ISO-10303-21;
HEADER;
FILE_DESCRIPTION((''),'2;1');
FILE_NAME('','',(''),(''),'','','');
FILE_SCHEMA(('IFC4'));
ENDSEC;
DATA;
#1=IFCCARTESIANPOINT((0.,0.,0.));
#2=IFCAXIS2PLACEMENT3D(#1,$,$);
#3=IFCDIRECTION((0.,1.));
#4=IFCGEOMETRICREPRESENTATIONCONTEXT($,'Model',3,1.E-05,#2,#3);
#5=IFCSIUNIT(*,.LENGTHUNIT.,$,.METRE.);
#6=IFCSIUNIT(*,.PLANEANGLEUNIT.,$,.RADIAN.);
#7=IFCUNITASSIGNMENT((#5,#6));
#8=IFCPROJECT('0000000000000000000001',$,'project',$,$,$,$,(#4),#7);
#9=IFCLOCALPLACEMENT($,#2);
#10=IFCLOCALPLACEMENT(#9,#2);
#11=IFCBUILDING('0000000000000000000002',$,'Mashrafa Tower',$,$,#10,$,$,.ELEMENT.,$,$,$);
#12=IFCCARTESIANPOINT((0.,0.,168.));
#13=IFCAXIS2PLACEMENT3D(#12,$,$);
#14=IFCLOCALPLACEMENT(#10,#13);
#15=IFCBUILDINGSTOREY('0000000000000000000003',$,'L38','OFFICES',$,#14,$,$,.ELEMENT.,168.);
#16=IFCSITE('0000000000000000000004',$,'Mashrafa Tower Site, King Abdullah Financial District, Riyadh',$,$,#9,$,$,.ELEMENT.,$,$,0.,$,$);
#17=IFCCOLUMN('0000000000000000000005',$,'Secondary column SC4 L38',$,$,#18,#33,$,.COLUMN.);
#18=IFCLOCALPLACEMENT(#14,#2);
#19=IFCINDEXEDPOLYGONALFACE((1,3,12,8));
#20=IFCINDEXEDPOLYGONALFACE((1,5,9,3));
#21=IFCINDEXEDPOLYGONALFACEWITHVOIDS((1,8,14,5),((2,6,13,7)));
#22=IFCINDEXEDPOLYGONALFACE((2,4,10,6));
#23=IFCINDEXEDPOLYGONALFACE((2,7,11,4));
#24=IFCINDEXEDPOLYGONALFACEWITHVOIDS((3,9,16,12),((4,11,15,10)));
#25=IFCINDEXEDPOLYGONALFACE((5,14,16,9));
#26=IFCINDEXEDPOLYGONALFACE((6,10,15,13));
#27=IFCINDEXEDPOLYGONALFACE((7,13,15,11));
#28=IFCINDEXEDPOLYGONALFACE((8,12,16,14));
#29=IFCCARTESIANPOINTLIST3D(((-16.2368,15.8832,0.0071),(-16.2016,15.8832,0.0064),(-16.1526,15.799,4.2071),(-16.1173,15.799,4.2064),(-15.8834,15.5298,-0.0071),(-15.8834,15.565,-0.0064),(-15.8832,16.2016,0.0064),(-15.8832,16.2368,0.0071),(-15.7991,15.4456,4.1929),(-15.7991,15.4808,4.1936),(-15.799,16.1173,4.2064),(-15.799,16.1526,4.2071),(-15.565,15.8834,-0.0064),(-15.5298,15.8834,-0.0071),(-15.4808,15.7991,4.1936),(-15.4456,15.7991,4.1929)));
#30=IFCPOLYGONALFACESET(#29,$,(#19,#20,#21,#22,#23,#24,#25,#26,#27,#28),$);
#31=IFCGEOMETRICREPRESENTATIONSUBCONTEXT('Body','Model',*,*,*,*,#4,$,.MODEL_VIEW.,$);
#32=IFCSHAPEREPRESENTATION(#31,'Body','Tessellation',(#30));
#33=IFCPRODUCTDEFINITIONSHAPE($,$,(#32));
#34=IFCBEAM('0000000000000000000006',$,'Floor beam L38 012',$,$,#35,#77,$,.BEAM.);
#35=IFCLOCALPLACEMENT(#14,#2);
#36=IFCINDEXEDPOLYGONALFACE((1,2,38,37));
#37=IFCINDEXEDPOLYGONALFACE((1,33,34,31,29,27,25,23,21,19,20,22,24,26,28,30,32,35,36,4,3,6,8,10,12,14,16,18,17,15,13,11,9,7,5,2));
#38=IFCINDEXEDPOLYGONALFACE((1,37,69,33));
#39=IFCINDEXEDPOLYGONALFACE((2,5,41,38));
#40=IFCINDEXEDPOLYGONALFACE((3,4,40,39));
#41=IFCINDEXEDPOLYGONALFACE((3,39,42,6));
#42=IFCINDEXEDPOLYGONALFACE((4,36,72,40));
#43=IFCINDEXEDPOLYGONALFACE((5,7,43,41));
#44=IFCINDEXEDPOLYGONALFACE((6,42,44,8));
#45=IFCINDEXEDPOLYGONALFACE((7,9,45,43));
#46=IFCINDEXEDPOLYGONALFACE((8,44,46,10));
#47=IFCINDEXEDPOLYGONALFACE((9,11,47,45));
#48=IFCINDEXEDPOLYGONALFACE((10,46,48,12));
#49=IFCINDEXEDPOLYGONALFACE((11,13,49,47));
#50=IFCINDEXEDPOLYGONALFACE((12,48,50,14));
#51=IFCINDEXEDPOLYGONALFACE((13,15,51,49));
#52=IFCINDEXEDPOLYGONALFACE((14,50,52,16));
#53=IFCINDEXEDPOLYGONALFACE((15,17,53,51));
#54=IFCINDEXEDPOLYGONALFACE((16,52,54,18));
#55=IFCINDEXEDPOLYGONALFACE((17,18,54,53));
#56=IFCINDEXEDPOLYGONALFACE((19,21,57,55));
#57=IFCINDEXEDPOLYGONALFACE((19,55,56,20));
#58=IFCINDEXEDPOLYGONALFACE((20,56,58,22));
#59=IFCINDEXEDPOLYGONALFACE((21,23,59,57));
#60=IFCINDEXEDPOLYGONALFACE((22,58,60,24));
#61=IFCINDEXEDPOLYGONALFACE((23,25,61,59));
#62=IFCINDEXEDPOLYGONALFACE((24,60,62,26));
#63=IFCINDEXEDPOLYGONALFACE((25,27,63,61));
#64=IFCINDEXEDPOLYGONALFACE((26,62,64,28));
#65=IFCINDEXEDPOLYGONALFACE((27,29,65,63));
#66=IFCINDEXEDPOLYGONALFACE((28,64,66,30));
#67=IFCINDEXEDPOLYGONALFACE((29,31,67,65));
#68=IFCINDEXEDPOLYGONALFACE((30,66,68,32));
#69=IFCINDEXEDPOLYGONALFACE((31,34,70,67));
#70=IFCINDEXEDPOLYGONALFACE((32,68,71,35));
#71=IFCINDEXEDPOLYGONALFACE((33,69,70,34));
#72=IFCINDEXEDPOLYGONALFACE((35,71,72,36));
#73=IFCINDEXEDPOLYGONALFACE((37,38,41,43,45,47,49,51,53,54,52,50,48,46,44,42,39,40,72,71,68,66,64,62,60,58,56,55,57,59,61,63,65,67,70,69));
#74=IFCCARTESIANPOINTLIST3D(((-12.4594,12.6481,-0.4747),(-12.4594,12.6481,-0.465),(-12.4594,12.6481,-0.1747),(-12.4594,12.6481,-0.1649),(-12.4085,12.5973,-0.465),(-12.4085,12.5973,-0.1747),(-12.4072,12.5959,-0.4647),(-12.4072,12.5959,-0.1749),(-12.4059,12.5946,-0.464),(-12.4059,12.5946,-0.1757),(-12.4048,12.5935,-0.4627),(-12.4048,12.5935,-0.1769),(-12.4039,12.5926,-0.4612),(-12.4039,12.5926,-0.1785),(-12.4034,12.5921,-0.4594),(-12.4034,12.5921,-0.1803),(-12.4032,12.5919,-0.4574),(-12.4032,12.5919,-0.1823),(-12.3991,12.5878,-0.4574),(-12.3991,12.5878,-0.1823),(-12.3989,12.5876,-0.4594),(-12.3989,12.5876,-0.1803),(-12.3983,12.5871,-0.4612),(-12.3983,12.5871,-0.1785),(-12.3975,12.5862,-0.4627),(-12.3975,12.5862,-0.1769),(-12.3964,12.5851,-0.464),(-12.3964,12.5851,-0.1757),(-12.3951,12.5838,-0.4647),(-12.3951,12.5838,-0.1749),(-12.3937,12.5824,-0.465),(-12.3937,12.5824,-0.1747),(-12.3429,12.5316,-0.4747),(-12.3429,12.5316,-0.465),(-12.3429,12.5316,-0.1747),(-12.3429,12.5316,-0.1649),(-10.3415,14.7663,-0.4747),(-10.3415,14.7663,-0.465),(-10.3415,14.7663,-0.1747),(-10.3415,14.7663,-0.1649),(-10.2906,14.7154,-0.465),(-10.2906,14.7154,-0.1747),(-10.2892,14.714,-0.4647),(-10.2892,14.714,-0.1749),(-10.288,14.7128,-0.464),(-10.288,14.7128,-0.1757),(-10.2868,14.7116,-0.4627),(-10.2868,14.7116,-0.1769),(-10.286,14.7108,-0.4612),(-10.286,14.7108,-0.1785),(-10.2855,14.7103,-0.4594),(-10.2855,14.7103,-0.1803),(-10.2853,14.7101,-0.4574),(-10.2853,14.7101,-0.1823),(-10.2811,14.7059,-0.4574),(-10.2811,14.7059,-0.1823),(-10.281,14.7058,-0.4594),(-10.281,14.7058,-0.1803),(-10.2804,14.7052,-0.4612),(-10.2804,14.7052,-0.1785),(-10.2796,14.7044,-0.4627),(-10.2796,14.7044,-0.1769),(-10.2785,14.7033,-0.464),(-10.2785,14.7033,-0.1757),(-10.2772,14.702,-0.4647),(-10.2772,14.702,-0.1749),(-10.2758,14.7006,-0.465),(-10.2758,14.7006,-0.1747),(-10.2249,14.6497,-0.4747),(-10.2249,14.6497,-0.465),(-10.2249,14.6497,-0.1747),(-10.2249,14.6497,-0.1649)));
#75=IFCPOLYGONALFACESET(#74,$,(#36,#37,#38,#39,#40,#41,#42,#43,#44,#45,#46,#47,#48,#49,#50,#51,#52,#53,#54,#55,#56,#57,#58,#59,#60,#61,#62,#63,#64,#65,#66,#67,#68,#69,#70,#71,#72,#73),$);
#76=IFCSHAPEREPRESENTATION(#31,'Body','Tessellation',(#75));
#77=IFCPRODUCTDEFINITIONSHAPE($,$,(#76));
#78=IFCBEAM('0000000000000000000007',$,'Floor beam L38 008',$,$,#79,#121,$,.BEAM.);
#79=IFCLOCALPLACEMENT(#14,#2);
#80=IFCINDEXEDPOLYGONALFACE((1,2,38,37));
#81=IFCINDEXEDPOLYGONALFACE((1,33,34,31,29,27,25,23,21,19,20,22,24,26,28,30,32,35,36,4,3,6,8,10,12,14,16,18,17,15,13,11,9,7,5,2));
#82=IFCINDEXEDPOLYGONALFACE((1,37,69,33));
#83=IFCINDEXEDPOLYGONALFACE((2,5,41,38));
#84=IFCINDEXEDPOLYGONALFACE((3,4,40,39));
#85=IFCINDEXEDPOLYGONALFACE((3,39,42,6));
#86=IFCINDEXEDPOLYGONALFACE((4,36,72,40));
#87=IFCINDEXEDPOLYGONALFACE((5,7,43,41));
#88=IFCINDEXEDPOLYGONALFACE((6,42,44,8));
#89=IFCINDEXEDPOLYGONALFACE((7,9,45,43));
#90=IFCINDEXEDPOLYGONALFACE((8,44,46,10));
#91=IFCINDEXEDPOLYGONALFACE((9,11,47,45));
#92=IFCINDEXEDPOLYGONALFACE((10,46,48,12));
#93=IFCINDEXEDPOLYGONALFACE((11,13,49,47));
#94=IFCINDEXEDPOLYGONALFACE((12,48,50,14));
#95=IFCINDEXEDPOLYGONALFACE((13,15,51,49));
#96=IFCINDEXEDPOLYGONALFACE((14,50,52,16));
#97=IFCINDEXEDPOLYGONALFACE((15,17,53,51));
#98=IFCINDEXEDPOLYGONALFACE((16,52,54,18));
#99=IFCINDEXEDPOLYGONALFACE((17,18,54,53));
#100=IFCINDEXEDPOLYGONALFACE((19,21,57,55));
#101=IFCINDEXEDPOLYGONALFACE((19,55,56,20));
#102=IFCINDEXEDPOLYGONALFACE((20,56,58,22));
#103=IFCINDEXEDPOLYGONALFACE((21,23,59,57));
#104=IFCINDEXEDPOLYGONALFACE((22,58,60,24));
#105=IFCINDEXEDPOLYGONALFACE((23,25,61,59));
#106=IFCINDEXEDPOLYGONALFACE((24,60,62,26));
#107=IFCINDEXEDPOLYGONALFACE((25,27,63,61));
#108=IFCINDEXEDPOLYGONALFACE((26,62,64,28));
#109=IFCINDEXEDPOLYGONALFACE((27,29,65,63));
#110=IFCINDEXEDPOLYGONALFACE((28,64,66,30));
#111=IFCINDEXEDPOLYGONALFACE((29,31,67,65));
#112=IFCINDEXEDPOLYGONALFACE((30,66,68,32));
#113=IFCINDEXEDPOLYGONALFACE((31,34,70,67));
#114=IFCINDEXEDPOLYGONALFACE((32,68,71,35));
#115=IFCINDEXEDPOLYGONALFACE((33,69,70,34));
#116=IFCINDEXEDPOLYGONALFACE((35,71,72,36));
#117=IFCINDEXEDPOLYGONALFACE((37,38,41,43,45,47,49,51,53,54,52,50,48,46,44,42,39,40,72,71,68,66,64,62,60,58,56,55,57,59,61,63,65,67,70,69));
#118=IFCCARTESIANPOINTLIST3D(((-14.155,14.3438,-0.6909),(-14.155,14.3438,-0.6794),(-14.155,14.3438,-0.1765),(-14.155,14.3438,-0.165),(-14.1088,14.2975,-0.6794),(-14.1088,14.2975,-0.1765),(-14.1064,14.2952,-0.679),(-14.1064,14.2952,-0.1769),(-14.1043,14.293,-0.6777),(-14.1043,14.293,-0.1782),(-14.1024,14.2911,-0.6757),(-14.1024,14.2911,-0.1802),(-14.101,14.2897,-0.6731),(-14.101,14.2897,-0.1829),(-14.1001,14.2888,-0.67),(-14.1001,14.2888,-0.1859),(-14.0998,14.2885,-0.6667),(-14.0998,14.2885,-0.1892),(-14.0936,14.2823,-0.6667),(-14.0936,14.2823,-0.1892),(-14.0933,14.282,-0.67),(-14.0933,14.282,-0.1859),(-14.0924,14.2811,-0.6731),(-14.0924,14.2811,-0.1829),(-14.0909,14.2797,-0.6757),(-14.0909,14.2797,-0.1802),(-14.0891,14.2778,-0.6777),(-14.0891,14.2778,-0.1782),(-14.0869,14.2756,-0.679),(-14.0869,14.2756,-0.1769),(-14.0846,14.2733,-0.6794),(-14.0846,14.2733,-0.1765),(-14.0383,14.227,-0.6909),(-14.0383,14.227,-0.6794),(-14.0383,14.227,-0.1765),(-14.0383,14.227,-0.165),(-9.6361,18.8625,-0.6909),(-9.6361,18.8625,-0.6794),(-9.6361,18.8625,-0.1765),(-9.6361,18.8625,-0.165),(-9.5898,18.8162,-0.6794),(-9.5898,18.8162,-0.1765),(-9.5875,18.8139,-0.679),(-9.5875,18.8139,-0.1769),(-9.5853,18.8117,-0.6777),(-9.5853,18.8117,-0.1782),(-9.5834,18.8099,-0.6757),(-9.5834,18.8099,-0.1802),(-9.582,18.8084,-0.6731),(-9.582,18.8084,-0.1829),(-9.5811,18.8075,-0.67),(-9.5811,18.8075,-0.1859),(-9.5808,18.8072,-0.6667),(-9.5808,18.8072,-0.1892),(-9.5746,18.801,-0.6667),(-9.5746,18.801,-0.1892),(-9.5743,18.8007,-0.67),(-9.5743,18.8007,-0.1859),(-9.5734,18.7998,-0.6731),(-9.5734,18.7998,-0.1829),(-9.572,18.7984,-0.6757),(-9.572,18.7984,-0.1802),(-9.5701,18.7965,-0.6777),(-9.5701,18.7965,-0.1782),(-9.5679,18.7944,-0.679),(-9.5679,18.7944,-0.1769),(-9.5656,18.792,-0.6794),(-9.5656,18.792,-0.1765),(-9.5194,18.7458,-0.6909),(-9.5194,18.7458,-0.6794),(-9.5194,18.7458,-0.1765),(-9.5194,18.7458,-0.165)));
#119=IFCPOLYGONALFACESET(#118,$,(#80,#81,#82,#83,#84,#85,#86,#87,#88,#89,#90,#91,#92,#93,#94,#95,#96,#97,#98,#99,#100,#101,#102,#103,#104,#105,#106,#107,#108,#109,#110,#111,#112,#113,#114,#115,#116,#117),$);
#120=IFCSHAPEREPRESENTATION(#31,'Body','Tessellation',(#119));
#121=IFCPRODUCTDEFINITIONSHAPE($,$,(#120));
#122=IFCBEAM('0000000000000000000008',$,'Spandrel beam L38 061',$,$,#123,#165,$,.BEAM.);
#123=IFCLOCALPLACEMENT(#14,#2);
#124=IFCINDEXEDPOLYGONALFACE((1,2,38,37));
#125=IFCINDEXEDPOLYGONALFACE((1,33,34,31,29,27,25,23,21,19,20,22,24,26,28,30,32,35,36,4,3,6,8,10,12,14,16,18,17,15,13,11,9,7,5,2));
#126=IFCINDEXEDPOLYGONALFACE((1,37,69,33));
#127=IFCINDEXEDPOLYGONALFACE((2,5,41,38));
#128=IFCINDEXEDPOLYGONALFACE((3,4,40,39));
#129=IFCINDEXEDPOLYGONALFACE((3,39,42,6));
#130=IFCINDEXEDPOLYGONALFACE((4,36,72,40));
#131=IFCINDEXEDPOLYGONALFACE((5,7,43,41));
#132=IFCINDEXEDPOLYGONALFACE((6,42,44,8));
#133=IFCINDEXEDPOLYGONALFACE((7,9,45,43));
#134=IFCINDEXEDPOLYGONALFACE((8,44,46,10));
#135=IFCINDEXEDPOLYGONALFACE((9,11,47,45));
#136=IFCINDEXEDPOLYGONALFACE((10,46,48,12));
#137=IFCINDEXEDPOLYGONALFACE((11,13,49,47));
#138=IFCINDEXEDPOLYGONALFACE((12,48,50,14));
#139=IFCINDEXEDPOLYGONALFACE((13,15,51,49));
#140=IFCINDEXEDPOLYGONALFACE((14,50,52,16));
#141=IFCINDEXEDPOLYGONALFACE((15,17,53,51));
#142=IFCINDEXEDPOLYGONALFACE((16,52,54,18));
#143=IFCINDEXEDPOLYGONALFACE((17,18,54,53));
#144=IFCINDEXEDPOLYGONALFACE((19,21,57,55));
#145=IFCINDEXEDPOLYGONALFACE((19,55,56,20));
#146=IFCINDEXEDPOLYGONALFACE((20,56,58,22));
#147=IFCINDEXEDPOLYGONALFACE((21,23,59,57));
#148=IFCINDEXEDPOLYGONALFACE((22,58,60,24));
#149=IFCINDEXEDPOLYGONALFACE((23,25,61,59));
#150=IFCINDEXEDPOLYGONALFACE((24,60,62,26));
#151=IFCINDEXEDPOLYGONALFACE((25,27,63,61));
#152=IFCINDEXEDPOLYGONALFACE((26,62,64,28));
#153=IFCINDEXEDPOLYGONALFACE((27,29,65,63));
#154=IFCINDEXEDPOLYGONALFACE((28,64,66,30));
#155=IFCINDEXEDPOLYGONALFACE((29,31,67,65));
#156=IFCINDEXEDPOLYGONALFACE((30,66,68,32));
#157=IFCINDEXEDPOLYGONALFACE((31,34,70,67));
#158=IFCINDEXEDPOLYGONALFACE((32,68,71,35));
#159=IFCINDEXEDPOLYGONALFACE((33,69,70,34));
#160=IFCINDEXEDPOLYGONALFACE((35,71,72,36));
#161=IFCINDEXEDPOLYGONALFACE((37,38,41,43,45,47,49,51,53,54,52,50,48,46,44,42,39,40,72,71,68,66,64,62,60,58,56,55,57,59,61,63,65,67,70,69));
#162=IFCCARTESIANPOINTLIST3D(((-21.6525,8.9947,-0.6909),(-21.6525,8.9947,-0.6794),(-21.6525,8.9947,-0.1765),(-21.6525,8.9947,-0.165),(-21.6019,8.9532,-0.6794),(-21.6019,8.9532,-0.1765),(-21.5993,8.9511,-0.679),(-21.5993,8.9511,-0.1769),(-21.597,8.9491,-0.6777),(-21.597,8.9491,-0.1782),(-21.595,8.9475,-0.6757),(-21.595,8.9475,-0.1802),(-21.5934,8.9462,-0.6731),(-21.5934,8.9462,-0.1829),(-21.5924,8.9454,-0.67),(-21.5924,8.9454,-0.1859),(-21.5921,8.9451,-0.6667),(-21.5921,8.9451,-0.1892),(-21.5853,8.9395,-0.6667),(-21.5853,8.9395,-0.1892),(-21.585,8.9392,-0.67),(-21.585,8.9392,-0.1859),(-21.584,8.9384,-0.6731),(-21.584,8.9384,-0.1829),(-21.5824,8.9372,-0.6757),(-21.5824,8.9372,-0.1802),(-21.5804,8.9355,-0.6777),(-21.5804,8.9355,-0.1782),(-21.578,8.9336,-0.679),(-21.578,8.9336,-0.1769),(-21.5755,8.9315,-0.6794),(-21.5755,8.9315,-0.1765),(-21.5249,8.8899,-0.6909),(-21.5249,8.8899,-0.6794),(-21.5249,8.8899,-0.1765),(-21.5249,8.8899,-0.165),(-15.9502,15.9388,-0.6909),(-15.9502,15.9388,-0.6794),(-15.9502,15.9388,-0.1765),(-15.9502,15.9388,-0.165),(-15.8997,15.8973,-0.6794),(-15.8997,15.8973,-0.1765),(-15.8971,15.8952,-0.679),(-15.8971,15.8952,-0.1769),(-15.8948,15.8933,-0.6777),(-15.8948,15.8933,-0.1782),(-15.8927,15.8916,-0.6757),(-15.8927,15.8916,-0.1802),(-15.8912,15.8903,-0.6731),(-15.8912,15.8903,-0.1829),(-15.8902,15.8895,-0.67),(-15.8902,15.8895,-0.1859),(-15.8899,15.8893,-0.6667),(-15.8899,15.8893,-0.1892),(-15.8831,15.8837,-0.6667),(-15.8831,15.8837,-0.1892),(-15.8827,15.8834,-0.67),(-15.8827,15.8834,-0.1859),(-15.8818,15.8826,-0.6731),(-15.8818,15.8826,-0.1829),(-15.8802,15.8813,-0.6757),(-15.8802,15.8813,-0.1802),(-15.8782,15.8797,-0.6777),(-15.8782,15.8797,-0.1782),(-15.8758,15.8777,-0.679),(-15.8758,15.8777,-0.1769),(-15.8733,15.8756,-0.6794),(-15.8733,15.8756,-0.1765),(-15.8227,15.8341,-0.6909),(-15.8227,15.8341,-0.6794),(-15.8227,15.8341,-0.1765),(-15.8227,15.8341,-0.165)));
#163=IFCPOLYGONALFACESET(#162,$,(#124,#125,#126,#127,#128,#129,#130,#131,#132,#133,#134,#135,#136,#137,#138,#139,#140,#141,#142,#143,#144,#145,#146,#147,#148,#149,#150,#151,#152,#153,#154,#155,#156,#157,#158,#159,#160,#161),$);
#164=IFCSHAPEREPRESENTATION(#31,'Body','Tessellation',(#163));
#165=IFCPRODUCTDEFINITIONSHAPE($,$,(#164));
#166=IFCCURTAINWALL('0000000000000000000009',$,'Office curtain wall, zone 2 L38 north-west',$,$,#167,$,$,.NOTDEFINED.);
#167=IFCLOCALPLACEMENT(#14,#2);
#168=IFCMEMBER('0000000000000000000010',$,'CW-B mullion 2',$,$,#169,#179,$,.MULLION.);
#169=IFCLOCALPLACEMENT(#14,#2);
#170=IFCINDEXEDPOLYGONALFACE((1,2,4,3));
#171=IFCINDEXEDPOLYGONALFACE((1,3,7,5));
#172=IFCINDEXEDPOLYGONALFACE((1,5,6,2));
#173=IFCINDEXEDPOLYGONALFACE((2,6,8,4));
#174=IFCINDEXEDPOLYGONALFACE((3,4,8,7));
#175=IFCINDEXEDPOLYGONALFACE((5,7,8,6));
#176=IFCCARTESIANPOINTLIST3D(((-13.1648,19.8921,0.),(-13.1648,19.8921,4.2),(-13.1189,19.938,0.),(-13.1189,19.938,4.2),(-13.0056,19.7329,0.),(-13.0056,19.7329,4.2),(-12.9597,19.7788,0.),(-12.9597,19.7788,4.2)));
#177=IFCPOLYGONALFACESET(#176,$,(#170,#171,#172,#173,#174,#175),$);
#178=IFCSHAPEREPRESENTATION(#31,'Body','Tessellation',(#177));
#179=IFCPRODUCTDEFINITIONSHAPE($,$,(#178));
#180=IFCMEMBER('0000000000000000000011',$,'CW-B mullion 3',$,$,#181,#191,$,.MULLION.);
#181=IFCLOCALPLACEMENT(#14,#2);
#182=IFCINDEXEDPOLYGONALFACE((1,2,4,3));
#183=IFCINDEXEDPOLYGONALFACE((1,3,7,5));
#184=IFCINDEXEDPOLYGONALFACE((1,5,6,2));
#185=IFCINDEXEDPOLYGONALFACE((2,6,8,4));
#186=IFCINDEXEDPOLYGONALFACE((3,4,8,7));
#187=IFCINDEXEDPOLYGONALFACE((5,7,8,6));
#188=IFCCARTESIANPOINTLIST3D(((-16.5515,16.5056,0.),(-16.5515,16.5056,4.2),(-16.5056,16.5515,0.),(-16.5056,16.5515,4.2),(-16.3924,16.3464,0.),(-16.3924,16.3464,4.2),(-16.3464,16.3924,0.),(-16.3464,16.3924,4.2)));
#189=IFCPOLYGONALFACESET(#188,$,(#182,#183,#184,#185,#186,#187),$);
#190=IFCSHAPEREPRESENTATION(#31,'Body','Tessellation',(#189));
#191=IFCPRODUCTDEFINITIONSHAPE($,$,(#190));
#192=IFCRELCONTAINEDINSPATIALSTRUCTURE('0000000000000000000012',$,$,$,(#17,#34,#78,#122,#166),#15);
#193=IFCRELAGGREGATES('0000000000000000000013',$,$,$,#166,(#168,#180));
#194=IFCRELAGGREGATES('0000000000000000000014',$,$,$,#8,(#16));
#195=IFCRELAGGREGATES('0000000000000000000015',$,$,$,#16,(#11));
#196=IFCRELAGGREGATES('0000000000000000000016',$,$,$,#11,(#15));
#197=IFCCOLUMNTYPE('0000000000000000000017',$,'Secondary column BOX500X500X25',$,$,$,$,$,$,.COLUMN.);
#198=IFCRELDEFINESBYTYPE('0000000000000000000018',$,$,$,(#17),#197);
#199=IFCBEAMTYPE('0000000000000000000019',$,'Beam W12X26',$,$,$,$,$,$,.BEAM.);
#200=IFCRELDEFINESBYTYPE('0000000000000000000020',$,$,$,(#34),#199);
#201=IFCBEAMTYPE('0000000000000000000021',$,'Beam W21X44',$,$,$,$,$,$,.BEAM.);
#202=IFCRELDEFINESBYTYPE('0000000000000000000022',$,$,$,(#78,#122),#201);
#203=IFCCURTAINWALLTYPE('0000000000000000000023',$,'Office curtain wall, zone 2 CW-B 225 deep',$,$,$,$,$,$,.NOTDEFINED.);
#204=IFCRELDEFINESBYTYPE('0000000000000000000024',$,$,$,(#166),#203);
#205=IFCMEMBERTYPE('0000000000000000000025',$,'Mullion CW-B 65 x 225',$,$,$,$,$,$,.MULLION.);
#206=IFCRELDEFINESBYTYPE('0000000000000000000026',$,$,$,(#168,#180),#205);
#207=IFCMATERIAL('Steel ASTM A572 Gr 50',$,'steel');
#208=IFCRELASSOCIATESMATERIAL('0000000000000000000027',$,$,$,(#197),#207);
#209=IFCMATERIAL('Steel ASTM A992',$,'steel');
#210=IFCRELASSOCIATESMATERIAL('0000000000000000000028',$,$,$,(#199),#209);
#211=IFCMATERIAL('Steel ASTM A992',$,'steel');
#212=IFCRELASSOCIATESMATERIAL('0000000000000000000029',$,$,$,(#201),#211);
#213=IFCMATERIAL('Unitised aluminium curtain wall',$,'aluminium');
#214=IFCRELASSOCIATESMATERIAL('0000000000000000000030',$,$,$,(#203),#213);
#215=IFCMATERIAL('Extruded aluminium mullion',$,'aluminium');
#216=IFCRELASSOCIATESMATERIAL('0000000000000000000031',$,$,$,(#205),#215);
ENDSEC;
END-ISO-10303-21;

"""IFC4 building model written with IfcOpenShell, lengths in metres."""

from ifc_helpers import new_model, si_unit, direction, frame, origin, origin_2d, place, context, subcontext, project, spatial, rectangle, hollow_rectangle, i_section, extrude, source, transform, mapped, material, material_profile, profile_set, type_object, type_shapes, element, aggregate, save


model = new_model("IFC4")

# Units and contexts
model_context = context("Model", 3, precision=1e-05, world=origin(), true_north=direction((0.0, 1.0)))
body_context = subcontext(model_context, "Body", "Model", "MODEL_VIEW")
ifc_project = project(units=[si_unit("LENGTHUNIT", "METRE"), si_unit("PLANEANGLEUNIT", "RADIAN")], contexts=[model_context])

# Site, building, storey
site_placement = place(None, origin())
site = spatial("IfcSite", under=ifc_project, at=site_placement, Name="Mashrafa Tower Site, King Abdullah Financial District, Riyadh", CompositionType="ELEMENT", RefElevation=0.0)
building_placement = place(site_placement, origin())
building = spatial("IfcBuilding", under=site, at=building_placement, Name="Mashrafa Tower", CompositionType="ELEMENT")
storey_placement = place(building_placement, frame((0.0, 0.0, 168.0)))
storey = spatial("IfcBuildingStorey", under=building, at=storey_placement, Name="L38", Description="OFFICES", CompositionType="ELEMENT", Elevation=168.0)

# Column
ifc_material_1 = material(Name="Steel ASTM A572 Gr 50", Category="steel")
ifc_material_profile_1 = material_profile(ifc_material_1, hollow_rectangle(XDim=0.5, YDim=0.5, WallThickness=0.0249, at=origin_2d()), Name="BOX500X500X25")
ifc_profile_set_1 = profile_set([ifc_material_profile_1], Name="Steel ASTM A572 Gr 50")
column_type = type_object("IfcColumnType", Name="Secondary column BOX500X500X25", PredefinedType="COLUMN", material=ifc_profile_set_1)
column_placement = place(storey_placement, frame((-15.8833, 15.8833, 0.0), z_axis=(0.020047, -0.020047, 0.999598), x_axis=(0.707107, 0.707107, 0.0)))
element("IfcColumn", 1, at=column_placement, inside=storey, type_object=column_type, Name="Secondary column SC4 L38", PredefinedType="COLUMN", context=body_context, shape_type="SweptSolid", body=[
    extrude(hollow_rectangle(XDim=0.5, YDim=0.5, WallThickness=0.0249, at=origin_2d()), origin(), (0.0, 0.0, 1.0), 4.2017),
])

# Beams
ifc_material_2 = material(Name="Steel ASTM A992", Category="steel")
ifc_material_profile_2 = material_profile(ifc_material_2, i_section(OverallWidth=0.1648, OverallDepth=0.3098, WebThickness=0.0059, FlangeThickness=0.0098, FilletRadius=0.0076, at=origin_2d()), Name="W12X26")
ifc_profile_set_2 = profile_set([ifc_material_profile_2], Name="Steel ASTM A992")
beam_type_1 = type_object("IfcBeamType", Name="Beam W12X26", PredefinedType="BEAM", material=ifc_profile_set_2)
beam_1_placement = place(storey_placement, frame((-12.4011, 12.5898, -0.3198), z_axis=(0.707066, 0.707148, 0.0), x_axis=(-0.707148, 0.707066, 0.0)))
element("IfcBeam", 2, at=beam_1_placement, inside=storey, type_object=beam_type_1, Name="Floor beam L38 012", PredefinedType="BEAM", context=body_context, shape_type="SweptSolid", body=[
    extrude(i_section(OverallWidth=0.1648, OverallDepth=0.3098, WebThickness=0.0059, FlangeThickness=0.0098, FilletRadius=0.0076, at=origin_2d()), origin(), (0.0, 0.0, 1.0), 2.9954),
])
ifc_material_3 = material(Name="Steel ASTM A992", Category="steel")
ifc_material_profile_3 = material_profile(ifc_material_3, i_section(OverallWidth=0.165, OverallDepth=0.5259, WebThickness=0.0088, FlangeThickness=0.0115, FilletRadius=0.0127, at=origin_2d()), Name="W21X44")
ifc_profile_set_3 = profile_set([ifc_material_profile_3], Name="Steel ASTM A992")
beam_type_2 = type_object("IfcBeamType", Name="Beam W21X44", PredefinedType="BEAM", material=ifc_profile_set_3)
beam_2_placement = place(storey_placement, frame((-14.0967, 14.2854, -0.428), z_axis=(0.707126, 0.707088, 0.0), x_axis=(-0.707088, 0.707126, 0.0)))
element("IfcBeam", 3, at=beam_2_placement, inside=storey, type_object=beam_type_2, Name="Floor beam L38 008", PredefinedType="BEAM", context=body_context, shape_type="SweptSolid", body=[
    extrude(i_section(OverallWidth=0.165, OverallDepth=0.5259, WebThickness=0.0088, FlangeThickness=0.0115, FilletRadius=0.0127, at=origin_2d()), origin(), (0.0, 0.0, 1.0), 6.3906),
])
beam_3_placement = place(storey_placement, frame((-15.8865, 15.8865, -0.428), z_axis=(-0.634611, -0.772831, 0.0), x_axis=(0.772831, -0.634611, 0.0)))
element("IfcBeam", 4, at=beam_3_placement, inside=storey, type_object=beam_type_2, Name="Spandrel beam L38 061", PredefinedType="BEAM", context=body_context, shape_type="SweptSolid", body=[
    extrude(i_section(OverallWidth=0.165, OverallDepth=0.5259, WebThickness=0.0088, FlangeThickness=0.0115, FilletRadius=0.0127, at=origin_2d()), origin(), (0.0, 0.0, 1.0), 8.9854),
])

# Curtain wall, members
ifc_material_4 = material(Name="Unitised aluminium curtain wall", Category="aluminium")
curtain_wall_type = type_object("IfcCurtainWallType", Name="Office curtain wall, zone 2 CW-B 225 deep", PredefinedType="NOTDEFINED", material=ifc_material_4)
curtain_wall_placement = place(storey_placement, origin())
curtain_wall = element("IfcCurtainWall", 5, at=curtain_wall_placement, inside=storey, type_object=curtain_wall_type, Name="Office curtain wall, zone 2 L38 north-west", PredefinedType="NOTDEFINED")
ifc_material_5 = material(Name="Extruded aluminium mullion", Category="aluminium")
ifc_material_profile_4 = material_profile(ifc_material_5, rectangle(XDim=0.2251, YDim=0.0649, at=origin_2d()), Name="Mullion 65x225")
ifc_profile_set_4 = profile_set([ifc_material_profile_4], Name="Extruded aluminium mullion")
member_type_1 = type_object("IfcMemberType", Name="Mullion CW-B 65 x 225", PredefinedType="MULLION", material=ifc_profile_set_4)
shared_shape_1 = source(origin(), body_context, "Body", "SweptSolid", [
    extrude(rectangle(XDim=0.2251, YDim=0.0649, at=origin_2d()), origin(), (0.0, 0.0, 1.0), 4.2),
])
type_shapes(member_type_1, [shared_shape_1])
member_1_placement = place(storey_placement, frame((-13.0623, 19.8354, 0.0), z_axis=(0.0, 0.0, 1.0), x_axis=(0.707107, -0.707107, 0.0)))
member_1 = element("IfcMember", 6, at=member_1_placement, type_object=member_type_1, Name="CW-B mullion 2", PredefinedType="MULLION", context=body_context, shape_type="MappedRepresentation", body=[
    mapped(shared_shape_1, transform((0.0, 0.0, 0.0))),
])
member_2_placement = place(storey_placement, frame((-16.449, 16.449, 0.0), z_axis=(0.0, 0.0, 1.0), x_axis=(0.707107, -0.707107, 0.0)))
member_2 = element("IfcMember", 7, at=member_2_placement, type_object=member_type_1, Name="CW-B mullion 3", PredefinedType="MULLION", context=body_context, shape_type="MappedRepresentation", body=[
    mapped(shared_shape_1, transform((0.0, 0.0, 0.0))),
])
aggregate(curtain_wall, [member_1, member_2])

save(model, "model.ifc")
